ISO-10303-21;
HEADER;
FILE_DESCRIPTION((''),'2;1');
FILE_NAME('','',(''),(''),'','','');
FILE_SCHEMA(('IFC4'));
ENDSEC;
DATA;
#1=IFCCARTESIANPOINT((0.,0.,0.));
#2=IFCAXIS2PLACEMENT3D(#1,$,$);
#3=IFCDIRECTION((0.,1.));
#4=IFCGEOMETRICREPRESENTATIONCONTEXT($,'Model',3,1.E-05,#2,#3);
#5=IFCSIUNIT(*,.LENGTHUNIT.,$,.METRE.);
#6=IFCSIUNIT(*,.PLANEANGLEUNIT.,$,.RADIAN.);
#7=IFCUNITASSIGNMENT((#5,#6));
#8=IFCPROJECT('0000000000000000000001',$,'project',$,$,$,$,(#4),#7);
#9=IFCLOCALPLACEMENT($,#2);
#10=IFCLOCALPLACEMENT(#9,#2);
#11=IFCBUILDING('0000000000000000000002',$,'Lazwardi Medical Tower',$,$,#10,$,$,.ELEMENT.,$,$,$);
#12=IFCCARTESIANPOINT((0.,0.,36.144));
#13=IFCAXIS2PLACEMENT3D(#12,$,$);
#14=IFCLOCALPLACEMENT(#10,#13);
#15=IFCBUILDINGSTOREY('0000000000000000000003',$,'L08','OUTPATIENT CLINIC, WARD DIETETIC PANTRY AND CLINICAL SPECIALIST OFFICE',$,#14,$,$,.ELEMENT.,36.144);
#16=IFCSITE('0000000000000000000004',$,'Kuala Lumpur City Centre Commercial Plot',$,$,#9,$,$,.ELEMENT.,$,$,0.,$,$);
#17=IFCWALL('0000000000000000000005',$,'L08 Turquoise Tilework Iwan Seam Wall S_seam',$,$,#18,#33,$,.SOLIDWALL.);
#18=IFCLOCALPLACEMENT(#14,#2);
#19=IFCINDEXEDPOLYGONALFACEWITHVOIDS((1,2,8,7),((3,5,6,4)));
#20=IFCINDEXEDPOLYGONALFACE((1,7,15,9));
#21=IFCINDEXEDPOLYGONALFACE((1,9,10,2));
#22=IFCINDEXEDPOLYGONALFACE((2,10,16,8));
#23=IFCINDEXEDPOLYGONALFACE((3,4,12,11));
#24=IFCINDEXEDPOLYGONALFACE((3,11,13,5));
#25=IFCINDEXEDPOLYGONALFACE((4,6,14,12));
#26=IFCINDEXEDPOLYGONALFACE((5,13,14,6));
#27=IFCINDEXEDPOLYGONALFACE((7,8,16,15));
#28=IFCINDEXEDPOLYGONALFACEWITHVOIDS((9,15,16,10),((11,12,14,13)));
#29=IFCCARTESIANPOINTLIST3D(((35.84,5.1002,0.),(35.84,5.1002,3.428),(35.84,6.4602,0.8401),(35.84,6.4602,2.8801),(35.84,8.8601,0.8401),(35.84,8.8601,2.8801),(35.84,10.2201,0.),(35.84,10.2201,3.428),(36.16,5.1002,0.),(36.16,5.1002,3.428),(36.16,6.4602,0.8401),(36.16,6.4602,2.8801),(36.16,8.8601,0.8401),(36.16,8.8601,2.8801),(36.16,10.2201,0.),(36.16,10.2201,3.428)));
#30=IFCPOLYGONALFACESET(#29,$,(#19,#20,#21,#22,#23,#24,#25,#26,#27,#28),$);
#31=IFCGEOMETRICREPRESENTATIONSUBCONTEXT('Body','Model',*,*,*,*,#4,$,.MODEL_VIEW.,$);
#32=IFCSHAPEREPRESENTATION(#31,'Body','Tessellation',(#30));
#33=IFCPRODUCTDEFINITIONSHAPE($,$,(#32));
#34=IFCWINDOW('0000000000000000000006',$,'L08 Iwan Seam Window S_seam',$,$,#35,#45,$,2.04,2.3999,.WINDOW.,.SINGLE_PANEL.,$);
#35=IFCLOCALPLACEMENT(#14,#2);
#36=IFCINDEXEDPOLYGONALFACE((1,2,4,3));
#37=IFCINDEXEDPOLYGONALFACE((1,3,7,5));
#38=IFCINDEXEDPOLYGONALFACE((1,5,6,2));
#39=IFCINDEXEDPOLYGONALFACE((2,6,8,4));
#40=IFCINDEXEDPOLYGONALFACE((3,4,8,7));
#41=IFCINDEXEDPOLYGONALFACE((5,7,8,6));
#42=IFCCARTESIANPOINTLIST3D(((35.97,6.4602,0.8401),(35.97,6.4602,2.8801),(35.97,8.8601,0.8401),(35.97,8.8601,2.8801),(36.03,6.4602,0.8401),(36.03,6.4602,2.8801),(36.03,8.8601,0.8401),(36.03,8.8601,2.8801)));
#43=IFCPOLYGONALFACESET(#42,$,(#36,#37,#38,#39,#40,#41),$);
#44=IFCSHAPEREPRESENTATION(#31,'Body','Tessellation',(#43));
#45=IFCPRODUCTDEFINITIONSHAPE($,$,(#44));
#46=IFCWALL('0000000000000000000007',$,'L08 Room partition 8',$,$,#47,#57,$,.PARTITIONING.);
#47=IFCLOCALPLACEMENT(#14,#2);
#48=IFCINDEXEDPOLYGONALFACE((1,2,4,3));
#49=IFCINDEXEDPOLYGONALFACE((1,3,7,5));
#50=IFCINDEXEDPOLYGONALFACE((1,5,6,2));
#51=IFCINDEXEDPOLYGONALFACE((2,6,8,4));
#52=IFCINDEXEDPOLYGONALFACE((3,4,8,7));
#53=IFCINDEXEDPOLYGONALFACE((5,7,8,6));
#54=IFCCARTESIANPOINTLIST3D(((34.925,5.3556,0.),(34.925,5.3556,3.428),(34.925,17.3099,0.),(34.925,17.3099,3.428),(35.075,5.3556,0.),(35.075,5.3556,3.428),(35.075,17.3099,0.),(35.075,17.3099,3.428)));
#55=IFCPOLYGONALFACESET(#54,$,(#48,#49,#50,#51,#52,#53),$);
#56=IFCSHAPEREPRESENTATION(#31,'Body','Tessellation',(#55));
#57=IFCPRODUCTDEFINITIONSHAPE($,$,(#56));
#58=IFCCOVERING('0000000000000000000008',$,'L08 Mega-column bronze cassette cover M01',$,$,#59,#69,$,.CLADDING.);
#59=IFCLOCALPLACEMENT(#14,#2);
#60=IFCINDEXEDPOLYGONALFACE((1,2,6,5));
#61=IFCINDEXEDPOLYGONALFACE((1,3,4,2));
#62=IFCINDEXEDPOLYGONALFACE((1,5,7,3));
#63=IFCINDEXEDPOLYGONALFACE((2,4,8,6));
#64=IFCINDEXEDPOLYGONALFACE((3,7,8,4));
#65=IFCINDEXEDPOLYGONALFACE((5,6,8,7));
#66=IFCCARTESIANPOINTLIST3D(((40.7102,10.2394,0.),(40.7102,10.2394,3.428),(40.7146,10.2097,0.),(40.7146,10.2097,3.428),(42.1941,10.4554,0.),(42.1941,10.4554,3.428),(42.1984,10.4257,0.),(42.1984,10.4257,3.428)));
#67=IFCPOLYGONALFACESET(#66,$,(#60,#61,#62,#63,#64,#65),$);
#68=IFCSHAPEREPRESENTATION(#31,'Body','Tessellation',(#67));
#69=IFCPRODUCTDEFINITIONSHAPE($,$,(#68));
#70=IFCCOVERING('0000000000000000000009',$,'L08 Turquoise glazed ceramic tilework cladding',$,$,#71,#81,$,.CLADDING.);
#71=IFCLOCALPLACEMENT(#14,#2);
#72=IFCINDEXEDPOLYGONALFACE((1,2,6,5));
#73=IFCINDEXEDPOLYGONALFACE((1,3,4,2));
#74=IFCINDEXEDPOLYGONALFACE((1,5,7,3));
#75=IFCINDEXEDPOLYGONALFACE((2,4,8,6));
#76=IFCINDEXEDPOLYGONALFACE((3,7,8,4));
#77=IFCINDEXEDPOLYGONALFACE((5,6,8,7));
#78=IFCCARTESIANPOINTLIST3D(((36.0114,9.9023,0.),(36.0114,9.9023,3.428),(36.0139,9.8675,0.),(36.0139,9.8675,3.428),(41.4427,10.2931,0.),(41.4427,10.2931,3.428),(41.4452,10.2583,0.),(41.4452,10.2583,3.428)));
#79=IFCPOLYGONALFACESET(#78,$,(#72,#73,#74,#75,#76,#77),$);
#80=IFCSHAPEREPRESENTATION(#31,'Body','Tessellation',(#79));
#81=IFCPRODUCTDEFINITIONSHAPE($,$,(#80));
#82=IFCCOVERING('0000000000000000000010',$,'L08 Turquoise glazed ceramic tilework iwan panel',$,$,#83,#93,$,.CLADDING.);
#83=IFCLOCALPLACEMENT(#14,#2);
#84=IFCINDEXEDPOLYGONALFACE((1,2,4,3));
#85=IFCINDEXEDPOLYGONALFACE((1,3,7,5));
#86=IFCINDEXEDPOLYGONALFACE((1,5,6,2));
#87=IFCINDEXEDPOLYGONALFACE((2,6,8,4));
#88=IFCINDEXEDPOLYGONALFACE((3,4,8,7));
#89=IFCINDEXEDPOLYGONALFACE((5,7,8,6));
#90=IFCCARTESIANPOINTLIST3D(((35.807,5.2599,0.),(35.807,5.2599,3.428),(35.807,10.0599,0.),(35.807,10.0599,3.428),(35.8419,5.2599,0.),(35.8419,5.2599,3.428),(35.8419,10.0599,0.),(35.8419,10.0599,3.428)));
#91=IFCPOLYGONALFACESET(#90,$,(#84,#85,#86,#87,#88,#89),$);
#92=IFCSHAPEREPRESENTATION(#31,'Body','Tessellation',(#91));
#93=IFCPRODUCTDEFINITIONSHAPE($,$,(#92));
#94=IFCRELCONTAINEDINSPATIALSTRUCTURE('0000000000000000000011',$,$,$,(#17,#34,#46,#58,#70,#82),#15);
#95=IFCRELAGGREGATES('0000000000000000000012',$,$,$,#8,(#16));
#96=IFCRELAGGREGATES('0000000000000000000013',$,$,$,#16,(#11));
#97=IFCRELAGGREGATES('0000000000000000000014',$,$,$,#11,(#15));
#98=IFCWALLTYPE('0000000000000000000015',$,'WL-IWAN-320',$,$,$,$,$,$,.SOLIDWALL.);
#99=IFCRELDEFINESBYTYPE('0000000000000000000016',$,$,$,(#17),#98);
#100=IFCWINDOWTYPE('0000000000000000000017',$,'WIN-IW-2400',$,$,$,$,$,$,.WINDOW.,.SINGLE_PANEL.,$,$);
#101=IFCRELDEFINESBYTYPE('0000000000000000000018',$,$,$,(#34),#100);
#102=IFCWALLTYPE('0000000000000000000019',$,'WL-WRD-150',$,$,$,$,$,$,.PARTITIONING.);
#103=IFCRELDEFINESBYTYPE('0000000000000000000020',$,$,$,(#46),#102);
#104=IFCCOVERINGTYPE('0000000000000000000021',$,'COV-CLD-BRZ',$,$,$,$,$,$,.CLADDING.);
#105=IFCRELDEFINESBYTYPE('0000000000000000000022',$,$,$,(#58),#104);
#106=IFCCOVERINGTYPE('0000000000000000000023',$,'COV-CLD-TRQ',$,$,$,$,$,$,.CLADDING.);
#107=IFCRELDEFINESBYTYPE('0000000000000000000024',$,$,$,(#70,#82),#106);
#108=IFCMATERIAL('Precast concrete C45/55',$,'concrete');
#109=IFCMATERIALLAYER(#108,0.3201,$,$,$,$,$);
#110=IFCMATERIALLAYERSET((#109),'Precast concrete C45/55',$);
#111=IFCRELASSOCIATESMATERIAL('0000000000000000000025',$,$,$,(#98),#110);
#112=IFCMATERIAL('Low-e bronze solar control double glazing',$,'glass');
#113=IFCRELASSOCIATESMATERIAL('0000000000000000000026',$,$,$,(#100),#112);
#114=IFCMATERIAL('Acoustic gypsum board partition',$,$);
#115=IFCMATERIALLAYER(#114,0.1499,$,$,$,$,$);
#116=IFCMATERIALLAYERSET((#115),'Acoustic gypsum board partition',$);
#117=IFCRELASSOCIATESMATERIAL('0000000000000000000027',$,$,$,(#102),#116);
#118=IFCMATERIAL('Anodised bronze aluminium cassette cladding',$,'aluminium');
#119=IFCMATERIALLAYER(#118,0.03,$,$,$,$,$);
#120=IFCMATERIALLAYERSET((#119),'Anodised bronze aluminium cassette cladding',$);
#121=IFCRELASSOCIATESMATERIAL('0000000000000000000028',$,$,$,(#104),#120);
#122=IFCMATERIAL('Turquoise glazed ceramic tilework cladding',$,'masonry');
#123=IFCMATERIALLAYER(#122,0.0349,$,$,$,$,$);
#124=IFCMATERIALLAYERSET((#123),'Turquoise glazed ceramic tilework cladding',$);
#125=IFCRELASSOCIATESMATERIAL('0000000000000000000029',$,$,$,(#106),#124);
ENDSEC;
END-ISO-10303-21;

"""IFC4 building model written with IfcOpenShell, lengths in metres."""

from ifc_helpers import new_model, si_unit, direction, frame, frame_2d, origin, origin_2d, place, context, subcontext, project, spatial, rectangle, extrude, material, layer, layer_set, type_object, element, fill, save


model = new_model("IFC4")

# Units and contexts
model_context = context("Model", 3, precision=1e-05, world=origin(), true_north=direction((0.0, 1.0)))
body_context = subcontext(model_context, "Body", "Model", "MODEL_VIEW")
ifc_project = project(units=[si_unit("LENGTHUNIT", "METRE"), si_unit("PLANEANGLEUNIT", "RADIAN")], contexts=[model_context])

# Site, building, storey
site_placement = place(None, origin())
site = spatial("IfcSite", under=ifc_project, at=site_placement, Name="Kuala Lumpur City Centre Commercial Plot", CompositionType="ELEMENT", RefElevation=0.0)
building_placement = place(site_placement, origin())
building = spatial("IfcBuilding", under=site, at=building_placement, Name="Lazwardi Medical Tower", CompositionType="ELEMENT")
storey_placement = place(building_placement, frame((0.0, 0.0, 36.144)))
storey = spatial("IfcBuildingStorey", under=building, at=storey_placement, Name="L08", Description="OUTPATIENT CLINIC, WARD DIETETIC PANTRY AND CLINICAL SPECIALIST OFFICE", CompositionType="ELEMENT", Elevation=36.144)

# Shared definitions
ifc_material_1 = material(Name="Low-e bronze solar control double glazing", Category="glass")

# Wall, opening, window
ifc_material_2 = material(Name="Precast concrete C45/55", Category="concrete")
ifc_layer_1 = layer(ifc_material_2, 0.3201)
ifc_layer_set_1 = layer_set([ifc_layer_1], Name="Precast concrete C45/55")
wall_type_1 = type_object("IfcWallType", Name="WL-IWAN-320", PredefinedType="SOLIDWALL", material=ifc_layer_set_1)
wall_1_placement = place(storey_placement, frame((36.0, 5.1001, 0.0), z_axis=(0.0, 0.0, 1.0), x_axis=(0.0, 1.0, 0.0)))
wall_1 = element("IfcWall", 1, at=wall_1_placement, inside=storey, type_object=wall_type_1, Name="L08 Turquoise Tilework Iwan Seam Wall S_seam", PredefinedType="SOLIDWALL", context=body_context, shape_type="SweptSolid", body=[
    extrude(rectangle(XDim=5.1199, YDim=0.3201, at=frame_2d((2.5601, 0.0))), origin(), (0.0, 0.0, 1.0), 3.428),
])
opening_1_placement = place(wall_1_placement, frame((1.3601, 0.0, 0.8401)))
opening_1 = element("IfcOpeningElement", 2, at=opening_1_placement, cuts=wall_1, PredefinedType="OPENING", context=body_context, shape_type="SweptSolid", body=[
    extrude(rectangle(XDim=2.3999, YDim=2.04, at=frame_2d((1.2, 1.02))), frame((0.0, 0.1699, 0.0), z_axis=(0.0, -1.0, 0.0), x_axis=(1.0, 0.0, 0.0)), (0.0, 0.0, 1.0), 0.3401),
])
window_type_1 = type_object("IfcWindowType", Name="WIN-IW-2400", PartitioningType="SINGLE_PANEL", PredefinedType="WINDOW", material=ifc_material_1)
window_1_placement = place(opening_1_placement, origin())
window_1 = element("IfcWindow", 3, at=window_1_placement, inside=storey, type_object=window_type_1, Name="L08 Iwan Seam Window S_seam", OverallHeight=2.04, OverallWidth=2.3999, PartitioningType="SINGLE_PANEL", PredefinedType="WINDOW", context=body_context, shape_type="SweptSolid", body=[
    extrude(rectangle(XDim=2.3999, YDim=2.04, at=frame_2d((1.2, 1.02))), frame((0.0, 0.03, 0.0), z_axis=(0.0, -1.0, 0.0), x_axis=(1.0, 0.0, 0.0)), (0.0, 0.0, 1.0), 0.0601),
])
fill(opening_1, window_1)

# Wall
ifc_material_3 = material(Name="Acoustic gypsum board partition")
ifc_layer_2 = layer(ifc_material_3, 0.1499)
ifc_layer_set_2 = layer_set([ifc_layer_2], Name="Acoustic gypsum board partition")
wall_type_2 = type_object("IfcWallType", Name="WL-WRD-150", PredefinedType="PARTITIONING", material=ifc_layer_set_2)
wall_2_placement = place(storey_placement, frame((35.0, 5.3557, 0.0), z_axis=(0.0, 0.0, 1.0), x_axis=(0.0, 1.0, 0.0)))
element("IfcWall", 4, at=wall_2_placement, inside=storey, type_object=wall_type_2, Name="L08 Room partition 8", PredefinedType="PARTITIONING", context=body_context, shape_type="SweptSolid", body=[
    extrude(rectangle(XDim=11.9543, YDim=0.1499, at=frame_2d((5.9771, 0.0))), origin(), (0.0, 0.0, 1.0), 3.428),
])

# Coverings
ifc_material_4 = material(Name="Anodised bronze aluminium cassette cladding", Category="aluminium")
ifc_layer_3 = layer(ifc_material_4, 0.03)
ifc_layer_set_3 = layer_set([ifc_layer_3], Name="Anodised bronze aluminium cassette cladding")
covering_type_1 = type_object("IfcCoveringType", Name="COV-CLD-BRZ", PredefinedType="CLADDING", material=ifc_layer_set_3)
covering_1_placement = place(storey_placement, frame((41.4543, 10.3325, 0.0), z_axis=(0.0, 0.0, 1.0), x_axis=(0.989573, 0.144035, 0.0)))
element("IfcCovering", 5, at=covering_1_placement, inside=storey, type_object=covering_type_1, Name="L08 Mega-column bronze cassette cover M01", PredefinedType="CLADDING", context=body_context, shape_type="SweptSolid", body=[
    extrude(rectangle(XDim=1.4995, YDim=0.03, at=origin_2d()), origin(), (0.0, 0.0, 1.0), 3.428),
])
ifc_material_5 = material(Name="Turquoise glazed ceramic tilework cladding", Category="masonry")
ifc_layer_4 = layer(ifc_material_5, 0.0349)
ifc_layer_set_4 = layer_set([ifc_layer_4], Name="Turquoise glazed ceramic tilework cladding")
covering_type_2 = type_object("IfcCoveringType", Name="COV-CLD-TRQ", PredefinedType="CLADDING", material=ifc_layer_set_4)
covering_2_placement = place(storey_placement, frame((38.7283, 10.0803, 0.0), z_axis=(0.0, 0.0, 1.0), x_axis=(0.997421, 0.071767, 0.0)))
element("IfcCovering", 6, at=covering_2_placement, inside=storey, type_object=covering_type_2, Name="L08 Turquoise glazed ceramic tilework cladding", PredefinedType="CLADDING", context=body_context, shape_type="SweptSolid", body=[
    extrude(rectangle(XDim=5.4453, YDim=0.0349, at=origin_2d()), origin(), (0.0, 0.0, 1.0), 3.428),
])
covering_3_placement = place(storey_placement, frame((35.8245, 7.6599, 0.0), z_axis=(0.0, 0.0, 1.0), x_axis=(0.0, 1.0, 0.0)))
element("IfcCovering", 7, at=covering_3_placement, inside=storey, type_object=covering_type_2, Name="L08 Turquoise glazed ceramic tilework iwan panel", PredefinedType="CLADDING", context=body_context, shape_type="SweptSolid", body=[
    extrude(rectangle(XDim=4.8, YDim=0.0349, at=origin_2d()), origin(), (0.0, 0.0, 1.0), 3.428),
])

save(model, "model.ifc")
